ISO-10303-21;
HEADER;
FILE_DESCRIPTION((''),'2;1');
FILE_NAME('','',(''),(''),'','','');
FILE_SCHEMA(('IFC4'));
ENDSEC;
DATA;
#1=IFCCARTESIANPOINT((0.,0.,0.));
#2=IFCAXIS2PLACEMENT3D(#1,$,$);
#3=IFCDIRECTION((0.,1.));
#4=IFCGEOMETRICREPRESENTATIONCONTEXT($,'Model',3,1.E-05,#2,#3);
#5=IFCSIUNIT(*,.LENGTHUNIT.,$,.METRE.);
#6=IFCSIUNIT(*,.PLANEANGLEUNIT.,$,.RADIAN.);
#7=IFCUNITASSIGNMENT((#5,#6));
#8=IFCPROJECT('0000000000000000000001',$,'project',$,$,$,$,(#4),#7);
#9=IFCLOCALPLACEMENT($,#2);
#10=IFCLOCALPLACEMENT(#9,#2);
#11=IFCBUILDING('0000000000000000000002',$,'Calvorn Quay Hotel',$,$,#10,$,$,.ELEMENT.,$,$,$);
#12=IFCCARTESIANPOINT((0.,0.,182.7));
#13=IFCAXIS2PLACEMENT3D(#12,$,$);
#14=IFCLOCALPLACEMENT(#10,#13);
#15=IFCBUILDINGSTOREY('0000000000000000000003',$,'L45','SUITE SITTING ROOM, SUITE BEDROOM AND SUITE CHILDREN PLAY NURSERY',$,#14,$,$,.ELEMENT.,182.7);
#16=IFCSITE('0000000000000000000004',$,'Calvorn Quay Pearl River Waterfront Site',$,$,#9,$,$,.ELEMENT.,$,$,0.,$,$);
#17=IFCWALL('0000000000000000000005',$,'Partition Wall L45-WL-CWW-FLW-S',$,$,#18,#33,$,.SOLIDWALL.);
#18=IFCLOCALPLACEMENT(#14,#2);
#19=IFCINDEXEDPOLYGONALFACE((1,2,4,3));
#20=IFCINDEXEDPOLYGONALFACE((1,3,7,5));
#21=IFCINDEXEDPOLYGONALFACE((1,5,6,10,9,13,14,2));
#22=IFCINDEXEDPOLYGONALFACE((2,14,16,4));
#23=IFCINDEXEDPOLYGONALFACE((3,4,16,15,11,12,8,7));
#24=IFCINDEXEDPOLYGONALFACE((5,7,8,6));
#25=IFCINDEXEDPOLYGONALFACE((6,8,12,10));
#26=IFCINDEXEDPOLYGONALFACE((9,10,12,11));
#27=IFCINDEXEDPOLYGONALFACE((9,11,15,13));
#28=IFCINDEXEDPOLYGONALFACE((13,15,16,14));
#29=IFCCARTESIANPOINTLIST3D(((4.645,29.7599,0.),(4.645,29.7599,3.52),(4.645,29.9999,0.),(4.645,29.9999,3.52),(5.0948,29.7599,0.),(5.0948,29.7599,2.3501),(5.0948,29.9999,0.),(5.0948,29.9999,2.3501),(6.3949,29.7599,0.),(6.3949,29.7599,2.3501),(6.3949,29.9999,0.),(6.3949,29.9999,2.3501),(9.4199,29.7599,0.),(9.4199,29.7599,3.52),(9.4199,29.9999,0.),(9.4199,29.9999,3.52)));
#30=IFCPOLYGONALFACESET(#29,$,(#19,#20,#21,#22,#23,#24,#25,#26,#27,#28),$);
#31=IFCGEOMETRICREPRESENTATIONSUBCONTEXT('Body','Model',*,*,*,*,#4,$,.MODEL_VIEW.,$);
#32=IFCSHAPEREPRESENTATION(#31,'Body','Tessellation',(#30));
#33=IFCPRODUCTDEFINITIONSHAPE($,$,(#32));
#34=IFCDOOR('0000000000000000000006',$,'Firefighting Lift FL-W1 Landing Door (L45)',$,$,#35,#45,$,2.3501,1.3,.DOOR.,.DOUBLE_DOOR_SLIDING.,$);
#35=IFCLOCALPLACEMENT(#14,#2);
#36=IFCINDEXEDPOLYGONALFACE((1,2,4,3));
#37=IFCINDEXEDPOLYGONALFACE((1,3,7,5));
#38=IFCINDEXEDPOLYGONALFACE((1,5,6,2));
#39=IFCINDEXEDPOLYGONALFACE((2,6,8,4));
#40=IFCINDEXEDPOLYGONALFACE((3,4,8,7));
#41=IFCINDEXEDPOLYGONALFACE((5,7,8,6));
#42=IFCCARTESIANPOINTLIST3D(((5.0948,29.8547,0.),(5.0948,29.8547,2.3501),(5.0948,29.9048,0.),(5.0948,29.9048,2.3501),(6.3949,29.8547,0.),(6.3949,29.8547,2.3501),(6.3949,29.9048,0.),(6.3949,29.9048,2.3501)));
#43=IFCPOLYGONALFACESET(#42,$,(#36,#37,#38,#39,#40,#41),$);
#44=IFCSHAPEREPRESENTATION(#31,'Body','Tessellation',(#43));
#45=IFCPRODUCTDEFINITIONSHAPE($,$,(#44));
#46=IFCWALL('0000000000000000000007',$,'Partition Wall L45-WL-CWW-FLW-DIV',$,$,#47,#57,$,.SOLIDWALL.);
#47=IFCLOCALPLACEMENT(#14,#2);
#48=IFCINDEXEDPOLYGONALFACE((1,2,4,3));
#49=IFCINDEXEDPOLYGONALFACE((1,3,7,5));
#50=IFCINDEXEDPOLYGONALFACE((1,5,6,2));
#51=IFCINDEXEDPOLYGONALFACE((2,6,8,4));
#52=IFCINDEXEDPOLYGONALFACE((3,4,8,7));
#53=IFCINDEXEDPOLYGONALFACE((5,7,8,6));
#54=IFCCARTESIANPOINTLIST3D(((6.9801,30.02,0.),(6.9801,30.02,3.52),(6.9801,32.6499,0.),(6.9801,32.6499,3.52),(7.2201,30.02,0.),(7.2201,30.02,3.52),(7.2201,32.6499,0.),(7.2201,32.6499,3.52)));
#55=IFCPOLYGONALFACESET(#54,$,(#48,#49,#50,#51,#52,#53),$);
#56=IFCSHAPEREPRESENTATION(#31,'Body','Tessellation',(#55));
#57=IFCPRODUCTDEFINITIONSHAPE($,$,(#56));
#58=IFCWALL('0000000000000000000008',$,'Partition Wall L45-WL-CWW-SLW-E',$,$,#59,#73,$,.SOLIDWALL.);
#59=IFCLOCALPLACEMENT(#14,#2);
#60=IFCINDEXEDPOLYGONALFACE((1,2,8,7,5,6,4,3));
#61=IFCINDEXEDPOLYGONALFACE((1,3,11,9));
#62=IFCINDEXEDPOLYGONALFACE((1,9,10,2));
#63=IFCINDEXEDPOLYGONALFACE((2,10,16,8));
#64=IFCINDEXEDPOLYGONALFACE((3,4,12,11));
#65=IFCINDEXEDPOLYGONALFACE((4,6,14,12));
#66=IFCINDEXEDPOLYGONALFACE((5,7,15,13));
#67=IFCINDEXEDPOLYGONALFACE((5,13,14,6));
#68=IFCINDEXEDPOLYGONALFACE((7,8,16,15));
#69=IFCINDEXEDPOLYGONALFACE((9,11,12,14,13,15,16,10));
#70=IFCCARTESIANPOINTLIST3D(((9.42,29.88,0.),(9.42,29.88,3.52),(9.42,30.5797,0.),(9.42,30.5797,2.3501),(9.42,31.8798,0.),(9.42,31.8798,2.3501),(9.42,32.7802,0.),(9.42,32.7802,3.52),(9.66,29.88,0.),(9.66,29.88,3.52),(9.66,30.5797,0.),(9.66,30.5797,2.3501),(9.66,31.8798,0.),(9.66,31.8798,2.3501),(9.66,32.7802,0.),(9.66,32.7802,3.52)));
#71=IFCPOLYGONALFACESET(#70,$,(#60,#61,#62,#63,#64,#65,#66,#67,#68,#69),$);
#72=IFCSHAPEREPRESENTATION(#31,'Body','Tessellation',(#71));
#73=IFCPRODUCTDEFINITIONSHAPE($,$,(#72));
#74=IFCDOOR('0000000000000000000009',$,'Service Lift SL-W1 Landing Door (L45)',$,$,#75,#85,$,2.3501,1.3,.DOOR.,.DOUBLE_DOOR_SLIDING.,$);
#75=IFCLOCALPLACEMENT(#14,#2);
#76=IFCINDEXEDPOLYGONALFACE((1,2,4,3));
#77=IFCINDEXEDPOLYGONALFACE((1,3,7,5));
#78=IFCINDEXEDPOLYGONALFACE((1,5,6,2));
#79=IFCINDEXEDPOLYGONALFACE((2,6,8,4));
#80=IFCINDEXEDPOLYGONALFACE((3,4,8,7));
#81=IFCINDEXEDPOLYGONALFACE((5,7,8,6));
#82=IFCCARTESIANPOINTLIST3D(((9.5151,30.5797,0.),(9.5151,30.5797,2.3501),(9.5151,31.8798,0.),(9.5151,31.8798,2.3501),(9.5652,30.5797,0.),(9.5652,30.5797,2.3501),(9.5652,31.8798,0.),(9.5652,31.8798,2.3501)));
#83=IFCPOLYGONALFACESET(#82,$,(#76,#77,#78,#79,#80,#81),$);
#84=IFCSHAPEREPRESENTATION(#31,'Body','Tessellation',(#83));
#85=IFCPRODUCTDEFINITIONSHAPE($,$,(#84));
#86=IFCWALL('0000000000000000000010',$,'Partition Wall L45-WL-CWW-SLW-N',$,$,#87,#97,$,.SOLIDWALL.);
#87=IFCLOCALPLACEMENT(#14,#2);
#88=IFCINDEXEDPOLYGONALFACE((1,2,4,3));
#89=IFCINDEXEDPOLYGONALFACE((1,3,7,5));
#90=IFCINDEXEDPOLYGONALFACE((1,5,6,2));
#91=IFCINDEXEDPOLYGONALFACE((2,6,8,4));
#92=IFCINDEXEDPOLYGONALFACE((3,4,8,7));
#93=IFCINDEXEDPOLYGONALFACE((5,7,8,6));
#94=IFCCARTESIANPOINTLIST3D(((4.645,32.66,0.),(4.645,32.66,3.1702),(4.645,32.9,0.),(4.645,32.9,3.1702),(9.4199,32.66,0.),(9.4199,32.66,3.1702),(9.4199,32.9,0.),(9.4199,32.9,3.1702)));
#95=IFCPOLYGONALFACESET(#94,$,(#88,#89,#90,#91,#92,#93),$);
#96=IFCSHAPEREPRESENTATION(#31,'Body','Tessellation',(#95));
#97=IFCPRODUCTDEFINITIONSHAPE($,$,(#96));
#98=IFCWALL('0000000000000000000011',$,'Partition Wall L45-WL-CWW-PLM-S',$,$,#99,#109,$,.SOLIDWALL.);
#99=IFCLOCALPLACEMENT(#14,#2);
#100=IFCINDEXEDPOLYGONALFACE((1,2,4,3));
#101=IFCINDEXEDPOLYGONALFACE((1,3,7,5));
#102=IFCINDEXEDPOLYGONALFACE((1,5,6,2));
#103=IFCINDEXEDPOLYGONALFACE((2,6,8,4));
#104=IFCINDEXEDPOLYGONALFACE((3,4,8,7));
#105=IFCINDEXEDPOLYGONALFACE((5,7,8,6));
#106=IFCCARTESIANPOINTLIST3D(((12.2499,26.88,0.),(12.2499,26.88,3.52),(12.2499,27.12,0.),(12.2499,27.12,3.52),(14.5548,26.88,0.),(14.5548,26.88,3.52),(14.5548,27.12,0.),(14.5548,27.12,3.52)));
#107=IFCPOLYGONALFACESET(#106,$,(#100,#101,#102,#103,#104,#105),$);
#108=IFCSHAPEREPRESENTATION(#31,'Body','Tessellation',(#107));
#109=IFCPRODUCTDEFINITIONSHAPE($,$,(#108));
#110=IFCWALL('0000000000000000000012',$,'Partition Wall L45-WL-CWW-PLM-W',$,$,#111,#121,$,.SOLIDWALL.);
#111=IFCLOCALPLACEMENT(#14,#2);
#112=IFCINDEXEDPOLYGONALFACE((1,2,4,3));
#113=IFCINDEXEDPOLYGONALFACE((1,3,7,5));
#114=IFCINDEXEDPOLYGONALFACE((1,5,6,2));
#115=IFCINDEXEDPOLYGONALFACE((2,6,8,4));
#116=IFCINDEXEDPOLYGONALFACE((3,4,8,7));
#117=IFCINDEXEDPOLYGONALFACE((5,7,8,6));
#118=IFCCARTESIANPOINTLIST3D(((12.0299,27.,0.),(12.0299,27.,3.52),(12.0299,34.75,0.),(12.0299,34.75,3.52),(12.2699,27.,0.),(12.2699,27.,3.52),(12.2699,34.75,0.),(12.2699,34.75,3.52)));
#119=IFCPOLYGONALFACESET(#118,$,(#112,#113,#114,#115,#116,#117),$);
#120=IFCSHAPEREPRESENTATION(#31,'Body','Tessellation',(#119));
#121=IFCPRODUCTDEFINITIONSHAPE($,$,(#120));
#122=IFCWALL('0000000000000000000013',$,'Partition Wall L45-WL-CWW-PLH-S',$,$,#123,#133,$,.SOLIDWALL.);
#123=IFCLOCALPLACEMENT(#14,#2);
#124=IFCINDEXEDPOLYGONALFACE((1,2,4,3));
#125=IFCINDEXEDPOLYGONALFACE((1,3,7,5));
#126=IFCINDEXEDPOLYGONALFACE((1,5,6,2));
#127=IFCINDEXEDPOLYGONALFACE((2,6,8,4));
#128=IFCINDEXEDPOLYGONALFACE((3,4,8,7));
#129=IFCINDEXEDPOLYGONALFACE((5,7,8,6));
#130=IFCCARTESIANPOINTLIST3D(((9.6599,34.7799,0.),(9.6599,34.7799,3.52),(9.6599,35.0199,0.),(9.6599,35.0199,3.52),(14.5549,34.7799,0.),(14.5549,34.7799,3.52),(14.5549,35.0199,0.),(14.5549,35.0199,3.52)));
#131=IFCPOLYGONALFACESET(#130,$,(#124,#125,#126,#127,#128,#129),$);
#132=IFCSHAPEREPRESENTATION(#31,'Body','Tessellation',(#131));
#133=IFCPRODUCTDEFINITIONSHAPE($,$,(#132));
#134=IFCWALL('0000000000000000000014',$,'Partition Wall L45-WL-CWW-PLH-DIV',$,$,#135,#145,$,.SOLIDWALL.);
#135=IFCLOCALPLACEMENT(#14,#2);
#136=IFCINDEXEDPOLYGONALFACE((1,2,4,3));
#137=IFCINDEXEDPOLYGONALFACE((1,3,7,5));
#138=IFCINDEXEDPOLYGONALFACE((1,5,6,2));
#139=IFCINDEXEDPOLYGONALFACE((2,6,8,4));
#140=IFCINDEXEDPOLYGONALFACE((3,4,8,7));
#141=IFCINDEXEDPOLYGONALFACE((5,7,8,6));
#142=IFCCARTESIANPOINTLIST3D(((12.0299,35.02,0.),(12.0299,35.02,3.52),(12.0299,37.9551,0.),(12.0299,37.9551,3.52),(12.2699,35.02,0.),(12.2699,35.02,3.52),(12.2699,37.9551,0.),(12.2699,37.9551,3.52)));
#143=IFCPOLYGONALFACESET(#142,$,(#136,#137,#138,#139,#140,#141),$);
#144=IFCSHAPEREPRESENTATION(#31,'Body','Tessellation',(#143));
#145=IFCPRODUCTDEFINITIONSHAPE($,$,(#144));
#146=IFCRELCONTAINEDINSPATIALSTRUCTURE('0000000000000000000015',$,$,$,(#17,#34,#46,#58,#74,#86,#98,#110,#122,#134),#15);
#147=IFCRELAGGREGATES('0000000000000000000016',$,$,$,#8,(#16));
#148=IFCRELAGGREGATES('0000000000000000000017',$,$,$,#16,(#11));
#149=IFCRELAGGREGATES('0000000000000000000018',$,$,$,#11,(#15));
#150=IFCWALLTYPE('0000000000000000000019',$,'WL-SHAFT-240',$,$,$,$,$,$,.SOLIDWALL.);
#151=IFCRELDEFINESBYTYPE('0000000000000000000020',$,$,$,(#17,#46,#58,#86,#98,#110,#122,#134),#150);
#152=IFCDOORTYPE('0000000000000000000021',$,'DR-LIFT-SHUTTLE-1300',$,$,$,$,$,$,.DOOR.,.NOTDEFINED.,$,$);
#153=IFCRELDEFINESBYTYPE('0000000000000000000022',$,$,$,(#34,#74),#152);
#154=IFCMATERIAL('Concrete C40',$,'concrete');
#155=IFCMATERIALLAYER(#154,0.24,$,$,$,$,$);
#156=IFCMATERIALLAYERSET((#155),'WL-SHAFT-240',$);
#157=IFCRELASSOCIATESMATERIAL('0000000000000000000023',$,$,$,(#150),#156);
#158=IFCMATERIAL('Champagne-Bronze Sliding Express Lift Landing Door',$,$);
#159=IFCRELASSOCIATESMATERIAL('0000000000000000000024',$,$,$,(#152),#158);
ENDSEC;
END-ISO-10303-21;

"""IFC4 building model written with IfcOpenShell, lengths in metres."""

from ifc_helpers import new_model, si_unit, direction, frame, frame_2d, origin, place, context, subcontext, project, spatial, rectangle, extrude, material, layer, layer_set, type_object, element, fill, save


model = new_model("IFC4")

# Units and contexts
model_context = context("Model", 3, precision=1e-05, world=origin(), true_north=direction((0.0, 1.0)))
body_context = subcontext(model_context, "Body", "Model", "MODEL_VIEW")
ifc_project = project(units=[si_unit("LENGTHUNIT", "METRE"), si_unit("PLANEANGLEUNIT", "RADIAN")], contexts=[model_context])

# Site, building, storey
site_placement = place(None, origin())
site = spatial("IfcSite", under=ifc_project, at=site_placement, Name="Calvorn Quay Pearl River Waterfront Site", CompositionType="ELEMENT", RefElevation=0.0)
building_placement = place(site_placement, origin())
building = spatial("IfcBuilding", under=site, at=building_placement, Name="Calvorn Quay Hotel", CompositionType="ELEMENT")
storey_placement = place(building_placement, frame((0.0, 0.0, 182.7)))
storey = spatial("IfcBuildingStorey", under=building, at=storey_placement, Name="L45", Description="SUITE SITTING ROOM, SUITE BEDROOM AND SUITE CHILDREN PLAY NURSERY", CompositionType="ELEMENT", Elevation=182.7)

# Shared definitions
ifc_material_1 = material(Name="Concrete C40", Category="concrete")
ifc_layer_1 = layer(ifc_material_1, 0.24)
ifc_layer_set_1 = layer_set([ifc_layer_1], Name="WL-SHAFT-240")
wall_type_1 = type_object("IfcWallType", Name="WL-SHAFT-240", PredefinedType="SOLIDWALL", material=ifc_layer_set_1)

# Wall, opening, door
wall_1_placement = place(storey_placement, frame((4.645, 29.8799, 0.0), z_axis=(0.0, 0.0, 1.0), x_axis=(1.0, 0.0, 0.0)))
wall_1 = element("IfcWall", 1, at=wall_1_placement, inside=storey, type_object=wall_type_1, Name="Partition Wall L45-WL-CWW-FLW-S", PredefinedType="SOLIDWALL", context=body_context, shape_type="SweptSolid", body=[
    extrude(rectangle(XDim=4.7749, YDim=0.24, at=frame_2d((2.3875, 0.0))), origin(), (0.0, 0.0, 1.0), 3.52),
])
opening_1_placement = place(wall_1_placement, frame((0.45, 0.0, 0.0)))
opening_1 = element("IfcOpeningElement", 2, at=opening_1_placement, cuts=wall_1, PredefinedType="OPENING", context=body_context, shape_type="SweptSolid", body=[
    extrude(rectangle(XDim=1.3, YDim=2.3501, at=frame_2d((0.6499, 1.175))), frame((0.0, 0.1299, 0.0), z_axis=(0.0, -1.0, 0.0), x_axis=(1.0, 0.0, 0.0)), (0.0, 0.0, 1.0), 0.26),
])
ifc_material_2 = material(Name="Champagne-Bronze Sliding Express Lift Landing Door")
door_type_1 = type_object("IfcDoorType", Name="DR-LIFT-SHUTTLE-1300", OperationType="NOTDEFINED", PredefinedType="DOOR", material=ifc_material_2)
door_1_placement = place(opening_1_placement, origin())
door_1 = element("IfcDoor", 3, at=door_1_placement, inside=storey, type_object=door_type_1, Name="Firefighting Lift FL-W1 Landing Door (L45)", OperationType="DOUBLE_DOOR_SLIDING", OverallHeight=2.3501, OverallWidth=1.3, PredefinedType="DOOR", context=body_context, shape_type="SweptSolid", body=[
    extrude(rectangle(XDim=1.3, YDim=2.3501, at=frame_2d((0.6499, 1.175))), frame((0.0, 0.0249, 0.0), z_axis=(0.0, -1.0, 0.0), x_axis=(1.0, 0.0, 0.0)), (0.0, 0.0, 1.0), 0.05),
])
fill(opening_1, door_1)

# Wall
wall_2_placement = place(storey_placement, frame((7.1001, 30.02, 0.0), z_axis=(0.0, 0.0, 1.0), x_axis=(0.0, 1.0, 0.0)))
element("IfcWall", 4, at=wall_2_placement, inside=storey, type_object=wall_type_1, Name="Partition Wall L45-WL-CWW-FLW-DIV", PredefinedType="SOLIDWALL", context=body_context, shape_type="SweptSolid", body=[
    extrude(rectangle(XDim=2.6299, YDim=0.24, at=frame_2d((1.3149, 0.0))), origin(), (0.0, 0.0, 1.0), 3.52),
])

# Wall, opening, door
wall_3_placement = place(storey_placement, frame((9.54, 29.8799, 0.0), z_axis=(0.0, 0.0, 1.0), x_axis=(0.0, 1.0, 0.0)))
wall_3 = element("IfcWall", 5, at=wall_3_placement, inside=storey, type_object=wall_type_1, Name="Partition Wall L45-WL-CWW-SLW-E", PredefinedType="SOLIDWALL", context=body_context, shape_type="SweptSolid", body=[
    extrude(rectangle(XDim=2.9001, YDim=0.24, at=frame_2d((1.4502, 0.0))), origin(), (0.0, 0.0, 1.0), 3.52),
])
opening_2_placement = place(wall_3_placement, frame((0.7, 0.0, 0.0)))
opening_2 = element("IfcOpeningElement", 6, at=opening_2_placement, cuts=wall_3, PredefinedType="OPENING", context=body_context, shape_type="SweptSolid", body=[
    extrude(rectangle(XDim=1.3, YDim=2.3501, at=frame_2d((0.6499, 1.175))), frame((0.0, 0.1299, 0.0), z_axis=(0.0, -1.0, 0.0), x_axis=(1.0, 0.0, 0.0)), (0.0, 0.0, 1.0), 0.26),
])
door_2_placement = place(opening_2_placement, origin())
door_2 = element("IfcDoor", 7, at=door_2_placement, inside=storey, type_object=door_type_1, Name="Service Lift SL-W1 Landing Door (L45)", OperationType="DOUBLE_DOOR_SLIDING", OverallHeight=2.3501, OverallWidth=1.3, PredefinedType="DOOR", context=body_context, shape_type="SweptSolid", body=[
    extrude(rectangle(XDim=1.3, YDim=2.3501, at=frame_2d((0.6499, 1.175))), frame((0.0, 0.0249, 0.0), z_axis=(0.0, -1.0, 0.0), x_axis=(1.0, 0.0, 0.0)), (0.0, 0.0, 1.0), 0.05),
])
fill(opening_2, door_2)

# Walls
wall_4_placement = place(storey_placement, frame((4.645, 32.78, 0.0), z_axis=(0.0, 0.0, 1.0), x_axis=(1.0, 0.0, 0.0)))
element("IfcWall", 8, at=wall_4_placement, inside=storey, type_object=wall_type_1, Name="Partition Wall L45-WL-CWW-SLW-N", PredefinedType="SOLIDWALL", context=body_context, shape_type="SweptSolid", body=[
    extrude(rectangle(XDim=4.7749, YDim=0.24, at=frame_2d((2.3875, 0.0))), origin(), (0.0, 0.0, 1.0), 3.1702),
])
wall_5_placement = place(storey_placement, frame((12.25, 27.0, 0.0), z_axis=(0.0, 0.0, 1.0), x_axis=(1.0, 0.0, 0.0)))
element("IfcWall", 9, at=wall_5_placement, inside=storey, type_object=wall_type_1, Name="Partition Wall L45-WL-CWW-PLM-S", PredefinedType="SOLIDWALL", context=body_context, shape_type="SweptSolid", body=[
    extrude(rectangle(XDim=2.3049, YDim=0.24, at=frame_2d((1.1523, 0.0))), origin(), (0.0, 0.0, 1.0), 3.52),
])
wall_6_placement = place(storey_placement, frame((12.1499, 27.0, 0.0), z_axis=(0.0, 0.0, 1.0), x_axis=(0.0, 1.0, 0.0)))
element("IfcWall", 10, at=wall_6_placement, inside=storey, type_object=wall_type_1, Name="Partition Wall L45-WL-CWW-PLM-W", PredefinedType="SOLIDWALL", context=body_context, shape_type="SweptSolid", body=[
    extrude(rectangle(XDim=7.75, YDim=0.24, at=frame_2d((3.875, 0.0))), origin(), (0.0, 0.0, 1.0), 3.52),
])
wall_7_placement = place(storey_placement, frame((9.6599, 34.8999, 0.0), z_axis=(0.0, 0.0, 1.0), x_axis=(1.0, 0.0, 0.0)))
element("IfcWall", 11, at=wall_7_placement, inside=storey, type_object=wall_type_1, Name="Partition Wall L45-WL-CWW-PLH-S", PredefinedType="SOLIDWALL", context=body_context, shape_type="SweptSolid", body=[
    extrude(rectangle(XDim=4.895, YDim=0.24, at=frame_2d((2.4475, 0.0))), origin(), (0.0, 0.0, 1.0), 3.52),
])
wall_8_placement = place(storey_placement, frame((12.1499, 35.02, 0.0), z_axis=(0.0, 0.0, 1.0), x_axis=(0.0, 1.0, 0.0)))
element("IfcWall", 12, at=wall_8_placement, inside=storey, type_object=wall_type_1, Name="Partition Wall L45-WL-CWW-PLH-DIV", PredefinedType="SOLIDWALL", context=body_context, shape_type="SweptSolid", body=[
    extrude(rectangle(XDim=2.9351, YDim=0.24, at=frame_2d((1.4675, 0.0))), origin(), (0.0, 0.0, 1.0), 3.52),
])

save(model, "model.ifc")
